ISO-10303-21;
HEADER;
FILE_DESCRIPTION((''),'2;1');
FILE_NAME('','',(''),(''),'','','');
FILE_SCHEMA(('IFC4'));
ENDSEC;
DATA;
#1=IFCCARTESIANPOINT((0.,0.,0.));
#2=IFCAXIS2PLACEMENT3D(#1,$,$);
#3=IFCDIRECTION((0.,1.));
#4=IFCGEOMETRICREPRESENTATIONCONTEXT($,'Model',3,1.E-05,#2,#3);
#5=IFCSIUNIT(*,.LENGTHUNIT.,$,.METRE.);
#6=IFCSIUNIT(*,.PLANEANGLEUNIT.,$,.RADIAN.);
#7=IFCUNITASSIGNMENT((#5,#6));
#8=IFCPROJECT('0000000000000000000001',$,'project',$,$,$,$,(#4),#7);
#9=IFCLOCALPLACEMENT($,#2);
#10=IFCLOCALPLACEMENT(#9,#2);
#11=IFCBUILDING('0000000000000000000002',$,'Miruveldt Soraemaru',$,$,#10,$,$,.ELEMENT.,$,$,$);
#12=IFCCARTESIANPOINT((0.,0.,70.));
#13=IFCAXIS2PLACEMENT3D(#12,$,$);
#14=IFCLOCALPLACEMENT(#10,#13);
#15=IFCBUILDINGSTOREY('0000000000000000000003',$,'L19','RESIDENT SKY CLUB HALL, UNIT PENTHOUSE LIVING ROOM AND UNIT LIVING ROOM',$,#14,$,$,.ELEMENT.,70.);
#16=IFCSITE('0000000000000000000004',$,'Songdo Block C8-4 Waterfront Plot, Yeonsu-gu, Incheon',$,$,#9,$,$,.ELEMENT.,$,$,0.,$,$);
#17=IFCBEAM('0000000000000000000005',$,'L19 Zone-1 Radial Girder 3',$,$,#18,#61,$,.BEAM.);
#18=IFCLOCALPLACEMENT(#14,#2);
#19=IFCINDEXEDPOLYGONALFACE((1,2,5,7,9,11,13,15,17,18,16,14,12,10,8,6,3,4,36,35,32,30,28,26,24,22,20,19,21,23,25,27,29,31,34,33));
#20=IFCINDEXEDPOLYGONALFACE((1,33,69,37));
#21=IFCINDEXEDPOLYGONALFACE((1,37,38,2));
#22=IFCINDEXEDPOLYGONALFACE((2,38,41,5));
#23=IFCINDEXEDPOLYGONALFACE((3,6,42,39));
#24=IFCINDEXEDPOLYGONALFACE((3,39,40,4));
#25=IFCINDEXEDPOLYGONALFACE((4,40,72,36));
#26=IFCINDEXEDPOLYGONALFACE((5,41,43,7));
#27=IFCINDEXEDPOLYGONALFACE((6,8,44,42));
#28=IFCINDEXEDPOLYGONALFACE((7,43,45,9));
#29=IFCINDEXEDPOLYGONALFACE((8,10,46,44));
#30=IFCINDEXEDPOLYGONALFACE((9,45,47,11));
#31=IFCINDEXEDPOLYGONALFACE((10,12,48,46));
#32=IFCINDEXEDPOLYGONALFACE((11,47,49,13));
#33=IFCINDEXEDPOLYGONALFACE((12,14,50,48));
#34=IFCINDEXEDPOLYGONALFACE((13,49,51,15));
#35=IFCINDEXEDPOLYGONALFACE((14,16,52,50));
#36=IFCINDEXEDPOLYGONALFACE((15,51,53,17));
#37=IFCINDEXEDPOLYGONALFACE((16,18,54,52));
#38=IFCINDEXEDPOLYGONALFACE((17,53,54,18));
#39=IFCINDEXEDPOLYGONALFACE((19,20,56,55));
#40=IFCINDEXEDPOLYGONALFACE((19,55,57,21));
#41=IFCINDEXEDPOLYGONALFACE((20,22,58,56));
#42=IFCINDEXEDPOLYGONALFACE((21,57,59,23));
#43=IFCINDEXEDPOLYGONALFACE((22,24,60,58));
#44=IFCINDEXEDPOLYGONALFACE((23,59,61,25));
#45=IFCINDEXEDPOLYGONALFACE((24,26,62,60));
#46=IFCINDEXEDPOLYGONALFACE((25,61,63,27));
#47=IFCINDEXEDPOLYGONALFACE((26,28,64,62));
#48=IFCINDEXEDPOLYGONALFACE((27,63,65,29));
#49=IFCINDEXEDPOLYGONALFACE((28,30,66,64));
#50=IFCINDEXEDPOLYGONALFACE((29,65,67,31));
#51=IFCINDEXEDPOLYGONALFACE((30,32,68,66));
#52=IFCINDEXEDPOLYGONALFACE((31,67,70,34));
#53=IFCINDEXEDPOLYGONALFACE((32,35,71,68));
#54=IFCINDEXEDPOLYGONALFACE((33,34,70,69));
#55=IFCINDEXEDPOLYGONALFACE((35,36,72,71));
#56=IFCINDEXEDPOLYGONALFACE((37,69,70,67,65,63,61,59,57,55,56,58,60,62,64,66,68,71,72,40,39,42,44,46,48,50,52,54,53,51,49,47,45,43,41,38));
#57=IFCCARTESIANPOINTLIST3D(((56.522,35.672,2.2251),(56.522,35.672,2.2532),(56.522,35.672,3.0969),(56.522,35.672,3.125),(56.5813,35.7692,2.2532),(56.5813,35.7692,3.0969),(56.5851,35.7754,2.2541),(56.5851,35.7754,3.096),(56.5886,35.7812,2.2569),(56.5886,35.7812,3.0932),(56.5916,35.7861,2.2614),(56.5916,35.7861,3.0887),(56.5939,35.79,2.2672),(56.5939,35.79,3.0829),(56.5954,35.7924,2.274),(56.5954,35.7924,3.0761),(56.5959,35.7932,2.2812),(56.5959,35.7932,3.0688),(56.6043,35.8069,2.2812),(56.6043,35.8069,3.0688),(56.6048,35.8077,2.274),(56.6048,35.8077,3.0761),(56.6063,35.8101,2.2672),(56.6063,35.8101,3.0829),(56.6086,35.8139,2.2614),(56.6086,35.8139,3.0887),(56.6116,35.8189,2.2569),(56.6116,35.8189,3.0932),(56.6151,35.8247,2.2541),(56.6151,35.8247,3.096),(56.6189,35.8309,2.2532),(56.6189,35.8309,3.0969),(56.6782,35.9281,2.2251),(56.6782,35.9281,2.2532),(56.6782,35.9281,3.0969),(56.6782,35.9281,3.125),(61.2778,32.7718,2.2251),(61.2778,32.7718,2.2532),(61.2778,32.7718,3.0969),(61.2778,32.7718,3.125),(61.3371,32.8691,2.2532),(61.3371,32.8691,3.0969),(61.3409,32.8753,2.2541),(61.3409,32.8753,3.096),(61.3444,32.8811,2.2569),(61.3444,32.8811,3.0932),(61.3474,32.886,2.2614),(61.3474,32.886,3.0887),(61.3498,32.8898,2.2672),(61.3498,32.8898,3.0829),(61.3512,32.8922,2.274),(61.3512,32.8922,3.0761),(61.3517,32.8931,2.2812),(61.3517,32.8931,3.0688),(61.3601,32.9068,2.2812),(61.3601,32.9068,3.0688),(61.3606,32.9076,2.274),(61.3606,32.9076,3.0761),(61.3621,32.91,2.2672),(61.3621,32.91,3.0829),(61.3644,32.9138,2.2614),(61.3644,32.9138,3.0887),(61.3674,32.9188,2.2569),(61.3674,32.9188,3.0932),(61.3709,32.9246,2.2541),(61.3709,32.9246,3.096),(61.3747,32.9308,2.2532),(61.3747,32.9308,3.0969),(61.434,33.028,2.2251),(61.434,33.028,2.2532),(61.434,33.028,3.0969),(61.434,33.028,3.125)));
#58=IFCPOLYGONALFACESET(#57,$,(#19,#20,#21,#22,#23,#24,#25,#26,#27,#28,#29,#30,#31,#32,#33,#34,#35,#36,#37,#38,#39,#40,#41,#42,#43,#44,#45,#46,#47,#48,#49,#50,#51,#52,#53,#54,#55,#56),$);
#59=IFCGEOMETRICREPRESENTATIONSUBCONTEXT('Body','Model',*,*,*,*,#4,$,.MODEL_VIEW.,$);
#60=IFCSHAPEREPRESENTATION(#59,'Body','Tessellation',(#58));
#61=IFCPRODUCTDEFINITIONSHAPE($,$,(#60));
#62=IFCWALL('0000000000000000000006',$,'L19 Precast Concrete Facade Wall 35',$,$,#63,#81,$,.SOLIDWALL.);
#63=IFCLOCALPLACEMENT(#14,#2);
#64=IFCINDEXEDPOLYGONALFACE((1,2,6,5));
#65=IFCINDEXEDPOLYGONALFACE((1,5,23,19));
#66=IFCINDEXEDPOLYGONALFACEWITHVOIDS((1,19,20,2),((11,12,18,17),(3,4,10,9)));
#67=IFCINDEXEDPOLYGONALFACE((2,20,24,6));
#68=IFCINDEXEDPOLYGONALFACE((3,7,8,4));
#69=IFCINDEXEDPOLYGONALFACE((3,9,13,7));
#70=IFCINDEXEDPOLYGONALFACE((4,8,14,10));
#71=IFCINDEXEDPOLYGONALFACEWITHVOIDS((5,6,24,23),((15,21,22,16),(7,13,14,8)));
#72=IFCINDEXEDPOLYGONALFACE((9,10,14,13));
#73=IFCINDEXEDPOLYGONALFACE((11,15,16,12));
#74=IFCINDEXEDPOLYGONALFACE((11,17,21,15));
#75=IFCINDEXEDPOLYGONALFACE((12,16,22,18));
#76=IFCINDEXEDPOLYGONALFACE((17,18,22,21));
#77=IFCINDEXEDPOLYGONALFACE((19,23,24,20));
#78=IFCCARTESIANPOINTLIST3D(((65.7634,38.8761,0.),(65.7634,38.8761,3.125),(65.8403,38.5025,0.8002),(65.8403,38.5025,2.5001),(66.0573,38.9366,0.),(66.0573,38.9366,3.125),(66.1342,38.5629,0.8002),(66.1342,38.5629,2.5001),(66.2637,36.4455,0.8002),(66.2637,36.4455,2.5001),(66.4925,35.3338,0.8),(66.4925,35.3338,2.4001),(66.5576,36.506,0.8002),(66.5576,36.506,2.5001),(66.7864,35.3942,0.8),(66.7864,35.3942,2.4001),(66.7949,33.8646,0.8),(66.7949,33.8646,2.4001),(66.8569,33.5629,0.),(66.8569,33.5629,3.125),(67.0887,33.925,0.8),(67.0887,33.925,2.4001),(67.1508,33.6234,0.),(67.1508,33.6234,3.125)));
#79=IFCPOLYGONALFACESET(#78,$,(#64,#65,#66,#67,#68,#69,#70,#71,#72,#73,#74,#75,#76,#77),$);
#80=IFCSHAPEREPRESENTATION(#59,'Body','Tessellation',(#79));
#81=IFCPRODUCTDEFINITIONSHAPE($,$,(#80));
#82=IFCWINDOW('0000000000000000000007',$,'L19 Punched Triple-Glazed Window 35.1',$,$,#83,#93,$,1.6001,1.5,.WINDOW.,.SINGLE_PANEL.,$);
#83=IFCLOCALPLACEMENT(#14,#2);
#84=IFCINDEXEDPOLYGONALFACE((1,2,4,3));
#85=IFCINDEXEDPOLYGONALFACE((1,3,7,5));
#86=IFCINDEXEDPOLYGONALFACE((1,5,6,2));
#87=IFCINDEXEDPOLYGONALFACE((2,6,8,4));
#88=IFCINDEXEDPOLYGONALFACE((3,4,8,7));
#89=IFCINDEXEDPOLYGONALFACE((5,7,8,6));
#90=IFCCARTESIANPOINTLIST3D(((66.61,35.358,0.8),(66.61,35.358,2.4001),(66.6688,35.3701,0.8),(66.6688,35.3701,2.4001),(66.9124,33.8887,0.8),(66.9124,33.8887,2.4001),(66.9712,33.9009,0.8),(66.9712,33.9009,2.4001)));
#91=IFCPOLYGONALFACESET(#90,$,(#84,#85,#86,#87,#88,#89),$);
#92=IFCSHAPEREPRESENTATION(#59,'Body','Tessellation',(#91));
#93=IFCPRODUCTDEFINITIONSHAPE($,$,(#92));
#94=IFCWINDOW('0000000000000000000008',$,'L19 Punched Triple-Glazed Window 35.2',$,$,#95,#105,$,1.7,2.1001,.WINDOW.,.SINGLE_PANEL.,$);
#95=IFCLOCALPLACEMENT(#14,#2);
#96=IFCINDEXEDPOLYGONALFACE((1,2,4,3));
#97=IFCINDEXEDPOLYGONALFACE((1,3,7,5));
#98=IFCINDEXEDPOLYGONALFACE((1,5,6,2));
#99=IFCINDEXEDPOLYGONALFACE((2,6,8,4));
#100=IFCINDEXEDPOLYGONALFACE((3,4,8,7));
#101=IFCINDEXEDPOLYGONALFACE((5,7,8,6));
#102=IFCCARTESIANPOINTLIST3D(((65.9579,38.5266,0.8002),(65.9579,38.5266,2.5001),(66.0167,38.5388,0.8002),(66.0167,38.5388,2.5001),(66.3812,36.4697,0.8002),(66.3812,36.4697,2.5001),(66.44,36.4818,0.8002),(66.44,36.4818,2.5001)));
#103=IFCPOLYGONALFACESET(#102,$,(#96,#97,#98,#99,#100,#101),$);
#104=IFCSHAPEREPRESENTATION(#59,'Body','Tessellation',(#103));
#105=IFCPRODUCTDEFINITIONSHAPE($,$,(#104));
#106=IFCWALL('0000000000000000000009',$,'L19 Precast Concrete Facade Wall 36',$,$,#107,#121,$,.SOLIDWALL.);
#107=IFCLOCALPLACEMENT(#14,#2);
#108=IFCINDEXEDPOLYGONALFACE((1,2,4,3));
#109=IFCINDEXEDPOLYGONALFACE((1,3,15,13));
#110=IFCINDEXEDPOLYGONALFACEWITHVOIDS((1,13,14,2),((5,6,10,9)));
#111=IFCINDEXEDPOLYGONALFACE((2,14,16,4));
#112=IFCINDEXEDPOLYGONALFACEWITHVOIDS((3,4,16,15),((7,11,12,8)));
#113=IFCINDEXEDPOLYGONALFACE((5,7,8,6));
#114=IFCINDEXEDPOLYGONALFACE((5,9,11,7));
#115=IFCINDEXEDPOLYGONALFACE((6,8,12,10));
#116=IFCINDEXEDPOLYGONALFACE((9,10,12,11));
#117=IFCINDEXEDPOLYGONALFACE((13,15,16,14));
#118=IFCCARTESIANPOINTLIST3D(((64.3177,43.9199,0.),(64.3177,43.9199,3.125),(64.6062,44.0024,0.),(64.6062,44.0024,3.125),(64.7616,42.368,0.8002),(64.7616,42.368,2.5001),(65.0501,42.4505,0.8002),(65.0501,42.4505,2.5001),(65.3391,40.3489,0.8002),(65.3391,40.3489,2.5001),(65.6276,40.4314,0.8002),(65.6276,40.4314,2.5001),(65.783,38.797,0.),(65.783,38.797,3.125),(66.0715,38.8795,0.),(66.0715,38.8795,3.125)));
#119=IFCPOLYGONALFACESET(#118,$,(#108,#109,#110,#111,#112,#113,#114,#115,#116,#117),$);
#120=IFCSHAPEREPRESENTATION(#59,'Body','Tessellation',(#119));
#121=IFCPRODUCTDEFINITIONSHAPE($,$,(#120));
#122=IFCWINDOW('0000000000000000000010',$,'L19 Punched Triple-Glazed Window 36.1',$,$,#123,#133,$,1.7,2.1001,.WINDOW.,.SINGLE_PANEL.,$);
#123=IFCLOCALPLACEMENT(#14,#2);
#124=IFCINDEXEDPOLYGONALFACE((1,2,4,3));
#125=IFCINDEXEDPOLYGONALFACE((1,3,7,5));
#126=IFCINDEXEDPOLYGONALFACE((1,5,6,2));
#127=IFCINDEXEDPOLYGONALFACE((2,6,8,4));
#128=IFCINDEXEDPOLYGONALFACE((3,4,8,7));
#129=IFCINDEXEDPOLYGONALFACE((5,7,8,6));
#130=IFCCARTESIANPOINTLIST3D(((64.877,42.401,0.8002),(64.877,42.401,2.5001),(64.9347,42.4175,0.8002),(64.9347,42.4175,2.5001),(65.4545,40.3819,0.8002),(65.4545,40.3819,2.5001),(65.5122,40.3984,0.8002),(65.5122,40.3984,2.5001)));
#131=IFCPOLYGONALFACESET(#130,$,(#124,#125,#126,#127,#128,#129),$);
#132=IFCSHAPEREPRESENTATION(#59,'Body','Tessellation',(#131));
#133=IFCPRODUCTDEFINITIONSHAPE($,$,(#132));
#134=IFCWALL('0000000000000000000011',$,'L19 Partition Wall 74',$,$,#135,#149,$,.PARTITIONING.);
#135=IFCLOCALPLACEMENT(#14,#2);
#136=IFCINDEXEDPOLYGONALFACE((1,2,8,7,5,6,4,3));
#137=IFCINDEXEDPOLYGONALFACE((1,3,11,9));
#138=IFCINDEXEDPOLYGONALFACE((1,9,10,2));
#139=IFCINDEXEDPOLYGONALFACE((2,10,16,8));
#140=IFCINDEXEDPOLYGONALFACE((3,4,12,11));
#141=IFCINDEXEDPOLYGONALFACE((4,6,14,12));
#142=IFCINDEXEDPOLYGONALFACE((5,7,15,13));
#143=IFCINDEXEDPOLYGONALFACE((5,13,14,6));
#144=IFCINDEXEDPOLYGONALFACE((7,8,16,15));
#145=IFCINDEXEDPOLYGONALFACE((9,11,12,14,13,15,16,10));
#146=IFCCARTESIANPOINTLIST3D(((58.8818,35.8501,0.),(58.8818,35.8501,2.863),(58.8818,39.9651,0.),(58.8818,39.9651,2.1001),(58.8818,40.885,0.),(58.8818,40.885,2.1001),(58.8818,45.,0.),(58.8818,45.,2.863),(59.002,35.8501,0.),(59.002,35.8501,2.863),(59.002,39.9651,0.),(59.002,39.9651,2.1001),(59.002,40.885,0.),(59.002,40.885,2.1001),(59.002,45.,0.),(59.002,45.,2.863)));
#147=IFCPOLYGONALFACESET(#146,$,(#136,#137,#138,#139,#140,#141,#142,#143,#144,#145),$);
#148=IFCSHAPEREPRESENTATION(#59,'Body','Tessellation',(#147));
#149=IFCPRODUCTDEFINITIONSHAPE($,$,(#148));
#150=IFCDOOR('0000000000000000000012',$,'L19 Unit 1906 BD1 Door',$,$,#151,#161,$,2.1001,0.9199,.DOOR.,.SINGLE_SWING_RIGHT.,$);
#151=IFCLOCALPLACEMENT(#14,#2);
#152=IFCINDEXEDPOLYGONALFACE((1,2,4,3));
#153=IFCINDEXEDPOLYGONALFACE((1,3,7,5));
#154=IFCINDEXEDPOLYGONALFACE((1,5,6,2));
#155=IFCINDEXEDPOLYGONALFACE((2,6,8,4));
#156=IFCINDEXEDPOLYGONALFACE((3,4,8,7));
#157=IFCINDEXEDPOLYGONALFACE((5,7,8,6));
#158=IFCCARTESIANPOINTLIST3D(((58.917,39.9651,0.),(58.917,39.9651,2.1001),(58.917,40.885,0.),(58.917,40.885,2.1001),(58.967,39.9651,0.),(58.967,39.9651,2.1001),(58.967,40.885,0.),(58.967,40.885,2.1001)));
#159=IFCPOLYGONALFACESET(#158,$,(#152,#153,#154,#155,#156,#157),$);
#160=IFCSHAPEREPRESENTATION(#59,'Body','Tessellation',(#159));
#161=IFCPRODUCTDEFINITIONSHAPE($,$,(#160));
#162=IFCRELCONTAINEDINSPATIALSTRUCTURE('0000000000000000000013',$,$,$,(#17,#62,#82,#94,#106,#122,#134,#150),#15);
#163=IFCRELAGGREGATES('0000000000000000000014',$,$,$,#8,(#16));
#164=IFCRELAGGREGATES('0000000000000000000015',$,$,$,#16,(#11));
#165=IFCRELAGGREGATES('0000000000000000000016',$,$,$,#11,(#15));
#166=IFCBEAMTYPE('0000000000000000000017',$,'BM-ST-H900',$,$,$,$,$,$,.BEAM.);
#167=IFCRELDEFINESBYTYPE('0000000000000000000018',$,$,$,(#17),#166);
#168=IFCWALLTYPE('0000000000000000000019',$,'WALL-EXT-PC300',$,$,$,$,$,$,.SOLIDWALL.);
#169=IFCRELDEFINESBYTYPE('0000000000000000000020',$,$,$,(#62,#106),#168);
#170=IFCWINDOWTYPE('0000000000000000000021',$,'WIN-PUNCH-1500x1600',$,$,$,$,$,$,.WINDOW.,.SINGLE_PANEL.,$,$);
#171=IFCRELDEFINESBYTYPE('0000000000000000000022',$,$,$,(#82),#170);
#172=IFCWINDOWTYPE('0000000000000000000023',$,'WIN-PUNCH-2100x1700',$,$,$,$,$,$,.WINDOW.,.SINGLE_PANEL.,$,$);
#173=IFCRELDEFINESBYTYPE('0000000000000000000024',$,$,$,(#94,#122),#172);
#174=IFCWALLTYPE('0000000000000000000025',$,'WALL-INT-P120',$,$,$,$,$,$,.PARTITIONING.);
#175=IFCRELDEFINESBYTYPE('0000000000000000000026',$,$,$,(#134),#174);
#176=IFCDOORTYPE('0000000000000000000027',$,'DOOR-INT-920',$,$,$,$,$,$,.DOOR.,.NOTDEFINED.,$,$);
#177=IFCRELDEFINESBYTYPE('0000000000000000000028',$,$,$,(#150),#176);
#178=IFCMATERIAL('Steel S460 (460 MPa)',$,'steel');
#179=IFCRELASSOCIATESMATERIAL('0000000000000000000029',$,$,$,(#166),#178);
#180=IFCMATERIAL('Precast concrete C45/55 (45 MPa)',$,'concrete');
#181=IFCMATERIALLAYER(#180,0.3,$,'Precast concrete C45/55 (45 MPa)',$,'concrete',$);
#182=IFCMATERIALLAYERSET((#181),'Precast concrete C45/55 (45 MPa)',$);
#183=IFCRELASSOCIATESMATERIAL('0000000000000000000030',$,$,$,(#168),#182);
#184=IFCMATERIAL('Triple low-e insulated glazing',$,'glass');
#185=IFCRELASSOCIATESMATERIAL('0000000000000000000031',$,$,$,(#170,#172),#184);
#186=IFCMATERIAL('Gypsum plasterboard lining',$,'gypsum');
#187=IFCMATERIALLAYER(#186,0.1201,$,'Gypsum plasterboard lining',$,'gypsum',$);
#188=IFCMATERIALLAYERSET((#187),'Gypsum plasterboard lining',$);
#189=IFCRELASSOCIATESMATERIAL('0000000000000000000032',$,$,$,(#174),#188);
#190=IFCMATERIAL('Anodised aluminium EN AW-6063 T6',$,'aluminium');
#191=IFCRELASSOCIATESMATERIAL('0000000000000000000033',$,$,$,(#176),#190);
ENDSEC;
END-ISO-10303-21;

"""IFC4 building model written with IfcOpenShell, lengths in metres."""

from ifc_helpers import new_model, si_unit, direction, frame, frame_2d, origin, origin_2d, place, context, subcontext, project, spatial, rectangle, i_section, extrude, material, layer, layer_set, material_profile, profile_set, type_object, element, fill, save


model = new_model("IFC4")

# Units and contexts
model_context = context("Model", 3, precision=1e-05, world=origin(), true_north=direction((0.0, 1.0)))
body_context = subcontext(model_context, "Body", "Model", "MODEL_VIEW")
ifc_project = project(units=[si_unit("LENGTHUNIT", "METRE"), si_unit("PLANEANGLEUNIT", "RADIAN")], contexts=[model_context])

# Site, building, storey
site_placement = place(None, origin())
site = spatial("IfcSite", under=ifc_project, at=site_placement, Name="Songdo Block C8-4 Waterfront Plot, Yeonsu-gu, Incheon", CompositionType="ELEMENT", RefElevation=0.0)
building_placement = place(site_placement, origin())
building = spatial("IfcBuilding", under=site, at=building_placement, Name="Miruveldt Soraemaru", CompositionType="ELEMENT")
storey_placement = place(building_placement, frame((0.0, 0.0, 70.0)))
storey = spatial("IfcBuildingStorey", under=building, at=storey_placement, Name="L19", Description="RESIDENT SKY CLUB HALL, UNIT PENTHOUSE LIVING ROOM AND UNIT LIVING ROOM", CompositionType="ELEMENT", Elevation=70.0)

# Beam
ifc_material_1 = material(Name="Steel S460 (460 MPa)", Category="steel")
ifc_material_profile_1 = material_profile(ifc_material_1, i_section(OverallWidth=0.3, OverallDepth=0.8999, WebThickness=0.0161, FlangeThickness=0.0281, FilletRadius=0.0281, at=origin_2d()), Name="Steel S460 (460 MPa)", Category="steel")
ifc_profile_set_1 = profile_set([ifc_material_profile_1], Name="Steel S460 (460 MPa)")
beam_type_1 = type_object("IfcBeamType", Name="BM-ST-H900", PredefinedType="BEAM", material=ifc_profile_set_1)
beam_1_placement = place(storey_placement, frame((56.6001, 35.8, 2.675), z_axis=(0.853778, -0.520638, 0.0), x_axis=(0.520638, 0.853778, 0.0)))
element("IfcBeam", 1, at=beam_1_placement, inside=storey, type_object=beam_type_1, Name="L19 Zone-1 Radial Girder 3", PredefinedType="BEAM", context=body_context, shape_type="SweptSolid", body=[
    extrude(i_section(OverallWidth=0.3, OverallDepth=0.8999, WebThickness=0.0161, FlangeThickness=0.0281, FilletRadius=0.0281, at=origin_2d()), origin(), (0.0, 0.0, 1.0), 5.5703),
])

# Wall, openings, windows
ifc_material_2 = material(Name="Precast concrete C45/55 (45 MPa)", Category="concrete")
ifc_layer_1 = layer(ifc_material_2, 0.3, Name="Precast concrete C45/55 (45 MPa)", Category="concrete")
ifc_layer_set_1 = layer_set([ifc_layer_1], Name="Precast concrete C45/55 (45 MPa)")
wall_type_1 = type_object("IfcWallType", Name="WALL-EXT-PC300", PredefinedType="SOLIDWALL", material=ifc_layer_set_1)
wall_1_placement = place(storey_placement, frame((67.0039, 33.593, 0.0), z_axis=(0.0, 0.0, 1.0), x_axis=(-0.201583, 0.979471, 0.0)))
wall_1 = element("IfcWall", 2, at=wall_1_placement, inside=storey, type_object=wall_type_1, Name="L19 Precast Concrete Facade Wall 35", PredefinedType="SOLIDWALL", context=body_context, shape_type="SweptSolid", body=[
    extrude(rectangle(XDim=5.4246, YDim=0.3, at=frame_2d((2.7124, 0.0))), origin(), (0.0, 0.0, 1.0), 3.125),
])
opening_1_placement = place(wall_1_placement, frame((0.3081, 0.0, 0.8)))
opening_1 = element("IfcOpeningElement", 3, at=opening_1_placement, cuts=wall_1, PredefinedType="OPENING", context=body_context, shape_type="SweptSolid", body=[
    extrude(rectangle(XDim=1.5, YDim=1.6001, at=frame_2d((0.75, 0.8))), frame((0.0, 0.1602, 0.0), z_axis=(0.0, -1.0, 0.0), x_axis=(1.0, 0.0, 0.0)), (0.0, 0.0, 1.0), 0.3201),
])
opening_2_placement = place(wall_1_placement, frame((2.9431, 0.0, 0.8)))
opening_2 = element("IfcOpeningElement", 4, at=opening_2_placement, cuts=wall_1, PredefinedType="OPENING", context=body_context, shape_type="SweptSolid", body=[
    extrude(rectangle(XDim=2.1001, YDim=1.7, at=frame_2d((1.05, 0.8501))), frame((0.0, 0.1602, 0.0), z_axis=(0.0, -1.0, 0.0), x_axis=(1.0, 0.0, 0.0)), (0.0, 0.0, 1.0), 0.3201),
])
ifc_material_3 = material(Name="Triple low-e insulated glazing", Category="glass")
window_type_1 = type_object("IfcWindowType", Name="WIN-PUNCH-1500x1600", PartitioningType="SINGLE_PANEL", PredefinedType="WINDOW", material=ifc_material_3)
window_1_placement = place(opening_1_placement, origin())
window_1 = element("IfcWindow", 5, at=window_1_placement, inside=storey, type_object=window_type_1, Name="L19 Punched Triple-Glazed Window 35.1", OverallHeight=1.6001, OverallWidth=1.5, PartitioningType="SINGLE_PANEL", PredefinedType="WINDOW", context=body_context, shape_type="SweptSolid", body=[
    extrude(rectangle(XDim=1.5, YDim=1.6001, at=frame_2d((0.75, 0.8))), frame((0.0, 0.03, 0.0), z_axis=(0.0, -1.0, 0.0), x_axis=(1.0, 0.0, 0.0)), (0.0, 0.0, 1.0), 0.0601),
])
fill(opening_1, window_1)
window_type_2 = type_object("IfcWindowType", Name="WIN-PUNCH-2100x1700", PartitioningType="SINGLE_PANEL", PredefinedType="WINDOW", material=ifc_material_3)
window_2_placement = place(opening_2_placement, origin())
window_2 = element("IfcWindow", 6, at=window_2_placement, inside=storey, type_object=window_type_2, Name="L19 Punched Triple-Glazed Window 35.2", OverallHeight=1.7, OverallWidth=2.1001, PartitioningType="SINGLE_PANEL", PredefinedType="WINDOW", context=body_context, shape_type="SweptSolid", body=[
    extrude(rectangle(XDim=2.1001, YDim=1.7, at=frame_2d((1.05, 0.8501))), frame((0.0, 0.03, 0.0), z_axis=(0.0, -1.0, 0.0), x_axis=(1.0, 0.0, 0.0)), (0.0, 0.0, 1.0), 0.0601),
])
fill(opening_2, window_2)

# Wall, opening, window
wall_2_placement = place(storey_placement, frame((65.9272, 38.8384, 0.0), z_axis=(0.0, 0.0, 1.0), x_axis=(-0.275012, 0.961441, 0.0)))
wall_2 = element("IfcWall", 7, at=wall_2_placement, inside=storey, type_object=wall_type_1, Name="L19 Precast Concrete Facade Wall 36", PredefinedType="SOLIDWALL", context=body_context, shape_type="SweptSolid", body=[
    extrude(rectangle(XDim=5.3284, YDim=0.3, at=frame_2d((2.6641, 0.0))), origin(), (0.0, 0.0, 1.0), 3.125),
])
opening_3_placement = place(wall_2_placement, frame((1.614, 0.0, 0.8)))
opening_3 = element("IfcOpeningElement", 8, at=opening_3_placement, cuts=wall_2, PredefinedType="OPENING", context=body_context, shape_type="SweptSolid", body=[
    extrude(rectangle(XDim=2.1001, YDim=1.7, at=frame_2d((1.05, 0.8501))), frame((0.0, 0.1602, 0.0), z_axis=(0.0, -1.0, 0.0), x_axis=(1.0, 0.0, 0.0)), (0.0, 0.0, 1.0), 0.3201),
])
window_3_placement = place(opening_3_placement, origin())
window_3 = element("IfcWindow", 9, at=window_3_placement, inside=storey, type_object=window_type_2, Name="L19 Punched Triple-Glazed Window 36.1", OverallHeight=1.7, OverallWidth=2.1001, PartitioningType="SINGLE_PANEL", PredefinedType="WINDOW", context=body_context, shape_type="SweptSolid", body=[
    extrude(rectangle(XDim=2.1001, YDim=1.7, at=frame_2d((1.05, 0.8501))), frame((0.0, 0.03, 0.0), z_axis=(0.0, -1.0, 0.0), x_axis=(1.0, 0.0, 0.0)), (0.0, 0.0, 1.0), 0.0601),
])
fill(opening_3, window_3)

# Wall, opening, door
ifc_material_4 = material(Name="Gypsum plasterboard lining", Category="gypsum")
ifc_layer_2 = layer(ifc_material_4, 0.1201, Name="Gypsum plasterboard lining", Category="gypsum")
ifc_layer_set_2 = layer_set([ifc_layer_2], Name="Gypsum plasterboard lining")
wall_type_2 = type_object("IfcWallType", Name="WALL-INT-P120", PredefinedType="PARTITIONING", material=ifc_layer_set_2)
wall_3_placement = place(storey_placement, frame((58.9419, 35.8501, 0.0), z_axis=(0.0, 0.0, 1.0), x_axis=(0.0, 1.0, 0.0)))
wall_3 = element("IfcWall", 10, at=wall_3_placement, inside=storey, type_object=wall_type_2, Name="L19 Partition Wall 74", PredefinedType="PARTITIONING", context=body_context, shape_type="SweptSolid", body=[
    extrude(rectangle(XDim=9.1499, YDim=0.1201, at=frame_2d((4.575, 0.0))), origin(), (0.0, 0.0, 1.0), 2.863),
])
opening_4_placement = place(wall_3_placement, frame((4.115, 0.0, 0.0)))
opening_4 = element("IfcOpeningElement", 11, at=opening_4_placement, cuts=wall_3, PredefinedType="OPENING", context=body_context, shape_type="SweptSolid", body=[
    extrude(rectangle(XDim=0.9199, YDim=2.1001, at=frame_2d((0.46, 1.05))), frame((0.0, 0.0701, 0.0), z_axis=(0.0, -1.0, 0.0), x_axis=(1.0, 0.0, 0.0)), (0.0, 0.0, 1.0), 0.1401),
])
ifc_material_5 = material(Name="Anodised aluminium EN AW-6063 T6", Category="aluminium")
door_type_1 = type_object("IfcDoorType", Name="DOOR-INT-920", OperationType="NOTDEFINED", PredefinedType="DOOR", material=ifc_material_5)
door_1_placement = place(opening_4_placement, origin())
door_1 = element("IfcDoor", 12, at=door_1_placement, inside=storey, type_object=door_type_1, Name="L19 Unit 1906 BD1 Door", OperationType="SINGLE_SWING_RIGHT", OverallHeight=2.1001, OverallWidth=0.9199, PredefinedType="DOOR", context=body_context, shape_type="SweptSolid", body=[
    extrude(rectangle(XDim=0.9199, YDim=2.1001, at=frame_2d((0.46, 1.05))), frame((0.0, 0.0249, 0.0), z_axis=(0.0, -1.0, 0.0), x_axis=(1.0, 0.0, 0.0)), (0.0, 0.0, 1.0), 0.05),
])
fill(opening_4, door_1)

save(model, "model.ifc")
